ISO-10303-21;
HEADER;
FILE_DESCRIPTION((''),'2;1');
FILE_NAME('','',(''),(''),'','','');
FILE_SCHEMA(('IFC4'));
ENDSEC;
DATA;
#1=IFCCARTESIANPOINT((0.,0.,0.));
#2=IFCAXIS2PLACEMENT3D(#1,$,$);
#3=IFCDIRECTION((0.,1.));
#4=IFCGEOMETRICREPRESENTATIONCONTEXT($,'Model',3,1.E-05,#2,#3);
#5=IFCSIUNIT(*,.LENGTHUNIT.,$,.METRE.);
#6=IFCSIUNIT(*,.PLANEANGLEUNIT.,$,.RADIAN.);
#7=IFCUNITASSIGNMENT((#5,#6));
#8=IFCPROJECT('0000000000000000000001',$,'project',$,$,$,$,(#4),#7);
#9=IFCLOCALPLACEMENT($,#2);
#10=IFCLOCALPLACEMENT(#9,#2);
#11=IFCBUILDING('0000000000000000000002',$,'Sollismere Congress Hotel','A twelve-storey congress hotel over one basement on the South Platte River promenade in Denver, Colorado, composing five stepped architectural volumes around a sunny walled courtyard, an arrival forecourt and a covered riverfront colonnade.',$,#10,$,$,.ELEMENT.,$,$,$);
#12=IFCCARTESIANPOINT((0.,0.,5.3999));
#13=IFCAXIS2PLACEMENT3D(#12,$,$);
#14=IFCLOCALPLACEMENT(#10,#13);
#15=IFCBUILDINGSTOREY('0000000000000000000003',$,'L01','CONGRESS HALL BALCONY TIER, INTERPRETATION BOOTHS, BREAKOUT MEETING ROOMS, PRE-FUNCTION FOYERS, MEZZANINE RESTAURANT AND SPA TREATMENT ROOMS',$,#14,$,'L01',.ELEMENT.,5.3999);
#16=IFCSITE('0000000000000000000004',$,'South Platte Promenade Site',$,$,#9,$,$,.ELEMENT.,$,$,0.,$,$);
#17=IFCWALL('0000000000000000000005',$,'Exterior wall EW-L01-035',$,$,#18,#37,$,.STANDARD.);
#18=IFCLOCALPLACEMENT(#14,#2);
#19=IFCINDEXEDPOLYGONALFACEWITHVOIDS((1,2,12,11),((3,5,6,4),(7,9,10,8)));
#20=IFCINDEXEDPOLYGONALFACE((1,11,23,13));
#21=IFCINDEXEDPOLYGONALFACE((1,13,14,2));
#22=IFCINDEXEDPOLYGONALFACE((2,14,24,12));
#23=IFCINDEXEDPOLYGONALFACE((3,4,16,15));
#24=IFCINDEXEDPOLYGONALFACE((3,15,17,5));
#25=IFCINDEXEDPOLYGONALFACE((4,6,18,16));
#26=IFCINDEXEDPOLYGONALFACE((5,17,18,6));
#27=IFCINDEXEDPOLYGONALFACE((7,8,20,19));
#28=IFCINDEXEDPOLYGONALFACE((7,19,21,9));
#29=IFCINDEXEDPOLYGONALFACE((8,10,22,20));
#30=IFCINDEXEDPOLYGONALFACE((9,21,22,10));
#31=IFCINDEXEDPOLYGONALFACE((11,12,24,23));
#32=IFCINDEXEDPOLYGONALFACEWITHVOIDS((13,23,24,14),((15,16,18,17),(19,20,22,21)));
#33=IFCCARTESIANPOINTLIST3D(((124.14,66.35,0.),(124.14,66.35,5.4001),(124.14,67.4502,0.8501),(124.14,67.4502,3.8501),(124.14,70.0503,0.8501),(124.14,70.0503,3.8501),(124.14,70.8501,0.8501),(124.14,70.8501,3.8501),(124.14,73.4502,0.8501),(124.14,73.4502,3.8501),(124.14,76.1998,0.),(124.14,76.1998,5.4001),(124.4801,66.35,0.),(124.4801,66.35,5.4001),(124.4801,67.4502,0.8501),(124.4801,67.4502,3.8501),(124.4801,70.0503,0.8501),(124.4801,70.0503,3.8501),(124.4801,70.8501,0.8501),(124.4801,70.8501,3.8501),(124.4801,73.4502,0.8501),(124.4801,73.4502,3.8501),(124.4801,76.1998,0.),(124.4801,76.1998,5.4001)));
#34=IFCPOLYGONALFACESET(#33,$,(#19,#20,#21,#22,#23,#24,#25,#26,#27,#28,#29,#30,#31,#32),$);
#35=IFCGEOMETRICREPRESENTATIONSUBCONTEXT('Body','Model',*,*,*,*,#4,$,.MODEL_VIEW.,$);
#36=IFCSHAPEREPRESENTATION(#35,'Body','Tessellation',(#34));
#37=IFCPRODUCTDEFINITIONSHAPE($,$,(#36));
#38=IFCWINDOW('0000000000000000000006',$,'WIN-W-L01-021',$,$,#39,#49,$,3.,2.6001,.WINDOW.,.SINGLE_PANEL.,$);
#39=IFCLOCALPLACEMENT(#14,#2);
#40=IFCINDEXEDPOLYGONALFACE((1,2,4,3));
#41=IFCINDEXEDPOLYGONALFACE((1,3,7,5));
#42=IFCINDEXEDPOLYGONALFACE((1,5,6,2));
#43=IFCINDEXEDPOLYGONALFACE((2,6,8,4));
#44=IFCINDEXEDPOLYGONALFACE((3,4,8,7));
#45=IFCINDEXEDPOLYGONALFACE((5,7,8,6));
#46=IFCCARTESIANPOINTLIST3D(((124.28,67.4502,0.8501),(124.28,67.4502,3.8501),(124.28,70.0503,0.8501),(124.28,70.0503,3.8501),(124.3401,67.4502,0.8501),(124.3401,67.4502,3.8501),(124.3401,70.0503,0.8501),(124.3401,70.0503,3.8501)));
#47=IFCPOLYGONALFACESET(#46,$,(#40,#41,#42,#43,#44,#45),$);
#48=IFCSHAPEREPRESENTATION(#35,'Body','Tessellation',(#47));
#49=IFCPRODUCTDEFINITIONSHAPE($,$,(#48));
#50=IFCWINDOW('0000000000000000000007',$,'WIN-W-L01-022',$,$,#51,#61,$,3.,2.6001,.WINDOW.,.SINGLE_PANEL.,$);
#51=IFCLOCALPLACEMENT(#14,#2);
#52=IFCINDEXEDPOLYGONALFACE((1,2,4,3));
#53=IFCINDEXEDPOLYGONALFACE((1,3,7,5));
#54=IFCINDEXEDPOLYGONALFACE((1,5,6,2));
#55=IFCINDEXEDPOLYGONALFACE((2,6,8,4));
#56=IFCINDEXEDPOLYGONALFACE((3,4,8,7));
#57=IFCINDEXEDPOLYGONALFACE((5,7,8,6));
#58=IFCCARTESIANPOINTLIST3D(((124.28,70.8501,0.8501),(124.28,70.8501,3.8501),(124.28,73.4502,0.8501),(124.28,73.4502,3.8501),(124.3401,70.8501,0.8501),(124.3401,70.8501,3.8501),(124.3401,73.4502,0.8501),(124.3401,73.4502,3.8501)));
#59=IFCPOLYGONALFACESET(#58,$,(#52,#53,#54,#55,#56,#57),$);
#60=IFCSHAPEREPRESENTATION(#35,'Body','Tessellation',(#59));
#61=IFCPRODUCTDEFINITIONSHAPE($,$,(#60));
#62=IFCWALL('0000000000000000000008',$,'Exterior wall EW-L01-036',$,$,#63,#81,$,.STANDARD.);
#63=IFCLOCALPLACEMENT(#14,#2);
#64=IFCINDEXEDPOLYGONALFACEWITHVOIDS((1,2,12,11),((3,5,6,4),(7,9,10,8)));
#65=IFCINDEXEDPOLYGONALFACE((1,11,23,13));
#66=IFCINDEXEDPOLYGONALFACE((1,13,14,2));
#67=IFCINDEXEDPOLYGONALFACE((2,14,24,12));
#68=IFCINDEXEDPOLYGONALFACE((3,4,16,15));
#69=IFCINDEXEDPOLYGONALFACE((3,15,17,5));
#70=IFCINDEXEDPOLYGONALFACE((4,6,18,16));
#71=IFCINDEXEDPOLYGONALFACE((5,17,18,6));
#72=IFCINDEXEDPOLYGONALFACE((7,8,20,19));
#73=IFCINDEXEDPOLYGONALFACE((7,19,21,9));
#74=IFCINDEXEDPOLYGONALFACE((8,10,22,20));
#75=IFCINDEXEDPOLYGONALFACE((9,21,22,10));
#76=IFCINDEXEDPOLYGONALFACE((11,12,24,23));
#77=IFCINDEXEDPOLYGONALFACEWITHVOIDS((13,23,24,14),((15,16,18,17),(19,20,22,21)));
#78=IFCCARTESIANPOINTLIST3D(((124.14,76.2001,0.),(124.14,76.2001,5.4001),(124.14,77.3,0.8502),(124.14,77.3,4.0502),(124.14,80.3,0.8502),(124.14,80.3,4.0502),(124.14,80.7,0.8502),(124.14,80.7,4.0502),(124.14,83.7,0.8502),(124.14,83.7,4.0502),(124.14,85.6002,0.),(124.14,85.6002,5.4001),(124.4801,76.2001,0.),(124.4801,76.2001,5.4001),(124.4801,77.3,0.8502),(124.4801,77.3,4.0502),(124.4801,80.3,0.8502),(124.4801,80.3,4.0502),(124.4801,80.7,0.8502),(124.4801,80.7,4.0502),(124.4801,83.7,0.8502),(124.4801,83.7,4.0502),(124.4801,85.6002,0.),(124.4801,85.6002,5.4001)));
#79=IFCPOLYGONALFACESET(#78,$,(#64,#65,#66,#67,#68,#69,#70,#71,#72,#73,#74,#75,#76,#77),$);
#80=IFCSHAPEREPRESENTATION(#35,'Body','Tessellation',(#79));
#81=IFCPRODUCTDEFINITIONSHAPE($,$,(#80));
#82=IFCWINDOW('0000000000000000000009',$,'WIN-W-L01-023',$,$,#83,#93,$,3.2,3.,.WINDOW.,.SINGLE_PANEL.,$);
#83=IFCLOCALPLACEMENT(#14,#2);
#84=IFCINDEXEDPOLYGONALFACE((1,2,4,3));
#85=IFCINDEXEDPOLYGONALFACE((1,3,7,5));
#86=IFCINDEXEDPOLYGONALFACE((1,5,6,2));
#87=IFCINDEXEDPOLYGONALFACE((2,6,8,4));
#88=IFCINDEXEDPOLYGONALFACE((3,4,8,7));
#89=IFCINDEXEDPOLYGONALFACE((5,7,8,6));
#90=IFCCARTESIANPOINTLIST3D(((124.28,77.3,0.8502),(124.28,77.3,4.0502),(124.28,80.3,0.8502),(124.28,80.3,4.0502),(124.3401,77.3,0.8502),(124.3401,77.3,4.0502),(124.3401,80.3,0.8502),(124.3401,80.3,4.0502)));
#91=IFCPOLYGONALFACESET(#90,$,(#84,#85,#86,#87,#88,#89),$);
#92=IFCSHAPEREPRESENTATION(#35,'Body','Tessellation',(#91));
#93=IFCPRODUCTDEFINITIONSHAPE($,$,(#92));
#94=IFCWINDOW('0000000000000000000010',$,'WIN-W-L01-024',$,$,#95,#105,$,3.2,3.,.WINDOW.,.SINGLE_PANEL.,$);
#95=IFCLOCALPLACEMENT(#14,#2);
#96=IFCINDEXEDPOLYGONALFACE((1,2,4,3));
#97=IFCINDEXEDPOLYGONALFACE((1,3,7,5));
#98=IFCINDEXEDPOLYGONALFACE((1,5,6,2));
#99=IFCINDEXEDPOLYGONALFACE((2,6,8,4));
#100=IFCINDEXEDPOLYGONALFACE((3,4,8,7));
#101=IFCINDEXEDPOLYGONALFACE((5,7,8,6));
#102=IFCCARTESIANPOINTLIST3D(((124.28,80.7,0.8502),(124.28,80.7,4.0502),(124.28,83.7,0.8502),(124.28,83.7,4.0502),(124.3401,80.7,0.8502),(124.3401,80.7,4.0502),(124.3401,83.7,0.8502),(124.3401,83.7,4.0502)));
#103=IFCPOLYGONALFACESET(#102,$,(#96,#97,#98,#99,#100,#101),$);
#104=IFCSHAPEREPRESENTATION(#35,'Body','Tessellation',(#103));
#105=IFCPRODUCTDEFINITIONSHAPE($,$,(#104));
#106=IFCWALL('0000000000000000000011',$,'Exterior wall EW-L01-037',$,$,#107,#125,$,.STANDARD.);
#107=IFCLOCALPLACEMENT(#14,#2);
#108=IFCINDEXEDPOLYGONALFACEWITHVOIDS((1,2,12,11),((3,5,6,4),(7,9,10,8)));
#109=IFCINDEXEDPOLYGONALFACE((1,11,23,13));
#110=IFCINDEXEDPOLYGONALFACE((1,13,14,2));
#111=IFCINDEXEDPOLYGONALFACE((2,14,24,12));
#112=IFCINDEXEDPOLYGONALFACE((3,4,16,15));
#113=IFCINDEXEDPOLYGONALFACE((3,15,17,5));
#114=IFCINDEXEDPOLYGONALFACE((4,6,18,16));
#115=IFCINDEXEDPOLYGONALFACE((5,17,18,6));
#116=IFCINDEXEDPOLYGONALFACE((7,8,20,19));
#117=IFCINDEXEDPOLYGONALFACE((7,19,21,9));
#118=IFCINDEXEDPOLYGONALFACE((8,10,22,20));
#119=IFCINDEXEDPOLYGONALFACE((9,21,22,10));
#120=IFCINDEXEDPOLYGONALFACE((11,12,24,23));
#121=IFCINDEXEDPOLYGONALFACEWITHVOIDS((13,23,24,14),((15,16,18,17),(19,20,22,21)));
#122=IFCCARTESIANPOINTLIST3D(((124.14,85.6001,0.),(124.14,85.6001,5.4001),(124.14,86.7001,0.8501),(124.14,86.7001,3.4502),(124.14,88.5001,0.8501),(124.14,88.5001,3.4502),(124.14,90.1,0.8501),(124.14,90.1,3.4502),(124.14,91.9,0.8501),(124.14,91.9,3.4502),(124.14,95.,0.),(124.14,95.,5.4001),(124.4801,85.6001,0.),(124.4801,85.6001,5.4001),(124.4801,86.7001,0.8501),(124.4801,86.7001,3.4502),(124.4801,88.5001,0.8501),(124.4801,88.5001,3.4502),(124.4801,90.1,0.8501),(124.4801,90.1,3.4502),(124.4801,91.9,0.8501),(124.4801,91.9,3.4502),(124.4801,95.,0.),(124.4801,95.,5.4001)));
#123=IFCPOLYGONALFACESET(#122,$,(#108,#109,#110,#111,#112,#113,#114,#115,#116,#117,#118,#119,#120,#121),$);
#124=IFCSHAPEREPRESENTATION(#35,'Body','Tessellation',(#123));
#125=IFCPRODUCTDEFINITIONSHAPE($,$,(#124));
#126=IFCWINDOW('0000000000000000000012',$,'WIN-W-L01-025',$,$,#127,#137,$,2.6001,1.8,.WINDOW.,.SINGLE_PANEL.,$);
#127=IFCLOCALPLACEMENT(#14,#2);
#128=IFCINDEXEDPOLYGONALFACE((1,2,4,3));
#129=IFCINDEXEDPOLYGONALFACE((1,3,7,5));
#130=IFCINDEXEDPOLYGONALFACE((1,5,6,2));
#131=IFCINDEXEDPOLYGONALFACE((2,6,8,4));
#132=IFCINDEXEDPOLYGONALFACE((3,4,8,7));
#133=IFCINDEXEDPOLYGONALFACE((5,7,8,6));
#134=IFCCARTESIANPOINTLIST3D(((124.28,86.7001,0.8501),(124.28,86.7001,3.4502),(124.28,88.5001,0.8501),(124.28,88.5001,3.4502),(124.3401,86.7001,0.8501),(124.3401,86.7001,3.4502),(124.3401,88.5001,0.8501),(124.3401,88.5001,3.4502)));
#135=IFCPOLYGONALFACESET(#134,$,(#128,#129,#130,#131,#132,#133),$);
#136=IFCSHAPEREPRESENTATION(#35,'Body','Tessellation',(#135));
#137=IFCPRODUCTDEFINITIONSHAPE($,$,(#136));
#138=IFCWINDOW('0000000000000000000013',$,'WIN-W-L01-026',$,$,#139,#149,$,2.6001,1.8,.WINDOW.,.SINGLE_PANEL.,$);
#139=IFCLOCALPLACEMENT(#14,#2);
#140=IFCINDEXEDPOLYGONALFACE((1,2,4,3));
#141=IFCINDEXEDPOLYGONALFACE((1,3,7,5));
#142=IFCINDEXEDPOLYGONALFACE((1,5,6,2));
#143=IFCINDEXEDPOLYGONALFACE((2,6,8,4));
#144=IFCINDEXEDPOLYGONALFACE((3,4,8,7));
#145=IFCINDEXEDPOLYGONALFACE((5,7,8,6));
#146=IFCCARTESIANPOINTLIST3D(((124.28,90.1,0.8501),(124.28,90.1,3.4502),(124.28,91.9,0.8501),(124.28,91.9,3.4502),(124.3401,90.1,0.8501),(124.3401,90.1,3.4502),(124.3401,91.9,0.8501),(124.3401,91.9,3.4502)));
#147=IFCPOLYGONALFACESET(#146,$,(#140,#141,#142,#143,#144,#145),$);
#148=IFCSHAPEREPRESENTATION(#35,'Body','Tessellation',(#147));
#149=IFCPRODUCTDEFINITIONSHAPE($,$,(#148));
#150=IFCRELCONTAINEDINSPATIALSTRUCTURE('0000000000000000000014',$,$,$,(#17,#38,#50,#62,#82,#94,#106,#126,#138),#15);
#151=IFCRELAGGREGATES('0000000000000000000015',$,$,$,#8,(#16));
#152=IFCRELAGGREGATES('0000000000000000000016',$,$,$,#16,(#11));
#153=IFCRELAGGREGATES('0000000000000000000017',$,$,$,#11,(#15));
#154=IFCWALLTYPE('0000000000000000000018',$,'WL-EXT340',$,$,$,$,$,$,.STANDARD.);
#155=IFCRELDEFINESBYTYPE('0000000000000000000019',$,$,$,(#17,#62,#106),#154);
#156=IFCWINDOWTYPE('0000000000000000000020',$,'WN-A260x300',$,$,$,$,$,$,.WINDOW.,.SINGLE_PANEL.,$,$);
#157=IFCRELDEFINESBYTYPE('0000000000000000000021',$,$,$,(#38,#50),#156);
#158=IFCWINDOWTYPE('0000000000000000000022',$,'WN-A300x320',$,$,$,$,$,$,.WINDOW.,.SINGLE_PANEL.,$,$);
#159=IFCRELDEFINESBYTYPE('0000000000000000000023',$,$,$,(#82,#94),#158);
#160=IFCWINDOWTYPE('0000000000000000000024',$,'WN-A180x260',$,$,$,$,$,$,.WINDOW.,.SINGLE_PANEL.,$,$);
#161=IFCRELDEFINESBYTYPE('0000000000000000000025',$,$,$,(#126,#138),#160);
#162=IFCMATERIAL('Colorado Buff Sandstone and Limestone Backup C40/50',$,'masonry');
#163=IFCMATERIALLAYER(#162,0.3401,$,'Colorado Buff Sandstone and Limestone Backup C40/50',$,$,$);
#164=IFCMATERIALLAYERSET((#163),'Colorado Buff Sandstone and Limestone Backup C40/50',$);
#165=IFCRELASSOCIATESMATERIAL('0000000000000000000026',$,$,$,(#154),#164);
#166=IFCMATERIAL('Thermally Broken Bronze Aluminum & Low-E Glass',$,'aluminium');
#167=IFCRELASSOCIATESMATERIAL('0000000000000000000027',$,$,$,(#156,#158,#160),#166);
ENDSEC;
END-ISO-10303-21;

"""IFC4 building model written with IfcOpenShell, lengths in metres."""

from ifc_helpers import new_model, si_unit, direction, frame, frame_2d, origin, place, context, subcontext, project, spatial, rectangle, extrude, material, layer, layer_set, type_object, element, fill, save


model = new_model("IFC4")

# Units and contexts
model_context = context("Model", 3, precision=1e-05, world=origin(), true_north=direction((0.0, 1.0)))
body_context = subcontext(model_context, "Body", "Model", "MODEL_VIEW")
ifc_project = project(units=[si_unit("LENGTHUNIT", "METRE"), si_unit("PLANEANGLEUNIT", "RADIAN")], contexts=[model_context])

# Site, building, storey
site_placement = place(None, origin())
site = spatial("IfcSite", under=ifc_project, at=site_placement, Name="South Platte Promenade Site", CompositionType="ELEMENT", RefElevation=0.0)
building_placement = place(site_placement, origin())
building = spatial("IfcBuilding", under=site, at=building_placement, Name="Sollismere Congress Hotel", Description="A twelve-storey congress hotel over one basement on the South Platte River promenade in Denver, Colorado, composing five stepped architectural volumes around a sunny walled courtyard, an arrival forecourt and a covered riverfront colonnade.", CompositionType="ELEMENT")
storey_placement = place(building_placement, frame((0.0, 0.0, 5.3999)))
storey = spatial("IfcBuildingStorey", under=building, at=storey_placement, Name="L01", Description="CONGRESS HALL BALCONY TIER, INTERPRETATION BOOTHS, BREAKOUT MEETING ROOMS, PRE-FUNCTION FOYERS, MEZZANINE RESTAURANT AND SPA TREATMENT ROOMS", LongName="L01", CompositionType="ELEMENT", Elevation=5.3999)

# Walls, openings, windows
ifc_material_1 = material(Name="Colorado Buff Sandstone and Limestone Backup C40/50", Category="masonry")
ifc_layer = layer(ifc_material_1, 0.3401, Name="Colorado Buff Sandstone and Limestone Backup C40/50")
ifc_layer_set = layer_set([ifc_layer], Name="Colorado Buff Sandstone and Limestone Backup C40/50")
wall_type = type_object("IfcWallType", Name="WL-EXT340", PredefinedType="STANDARD", material=ifc_layer_set)
wall_1_placement = place(storey_placement, frame((124.3101, 66.3501, 0.0), z_axis=(0.0, 0.0, 1.0), x_axis=(0.0, 1.0, 0.0)))
wall_1 = element("IfcWall", 1, at=wall_1_placement, inside=storey, type_object=wall_type, Name="Exterior wall EW-L01-035", PredefinedType="STANDARD", context=body_context, shape_type="SweptSolid", body=[
    extrude(rectangle(XDim=9.8499, YDim=0.3401, at=frame_2d((4.9248, 0.0))), origin(), (0.0, 0.0, 1.0), 5.4001),
])
opening_1_placement = place(wall_1_placement, frame((1.1001, 0.0, 0.8501)))
opening_1 = element("IfcOpeningElement", 2, at=opening_1_placement, cuts=wall_1, PredefinedType="OPENING", context=body_context, shape_type="SweptSolid", body=[
    extrude(rectangle(XDim=2.6001, YDim=3.0, at=frame_2d((1.3, 1.5))), frame((0.0, 0.1799, 0.0), z_axis=(0.0, -1.0, 0.0), x_axis=(1.0, 0.0, 0.0)), (0.0, 0.0, 1.0), 0.3601),
])
opening_2_placement = place(wall_1_placement, frame((4.5, 0.0, 0.8501)))
opening_2 = element("IfcOpeningElement", 3, at=opening_2_placement, cuts=wall_1, PredefinedType="OPENING", context=body_context, shape_type="SweptSolid", body=[
    extrude(rectangle(XDim=2.6001, YDim=3.0, at=frame_2d((1.3, 1.5))), frame((0.0, 0.1799, 0.0), z_axis=(0.0, -1.0, 0.0), x_axis=(1.0, 0.0, 0.0)), (0.0, 0.0, 1.0), 0.3601),
])
ifc_material_2 = material(Name="Thermally Broken Bronze Aluminum & Low-E Glass", Category="aluminium")
window_type_1 = type_object("IfcWindowType", Name="WN-A260x300", PartitioningType="SINGLE_PANEL", PredefinedType="WINDOW", material=ifc_material_2)
window_1_placement = place(opening_1_placement, origin())
window_1 = element("IfcWindow", 4, at=window_1_placement, inside=storey, type_object=window_type_1, Name="WIN-W-L01-021", OverallHeight=3.0, OverallWidth=2.6001, PartitioningType="SINGLE_PANEL", PredefinedType="WINDOW", context=body_context, shape_type="SweptSolid", body=[
    extrude(rectangle(XDim=2.6001, YDim=3.0, at=frame_2d((1.3, 1.5))), frame((0.0, 0.03, 0.0), z_axis=(0.0, -1.0, 0.0), x_axis=(1.0, 0.0, 0.0)), (0.0, 0.0, 1.0), 0.0601),
])
fill(opening_1, window_1)
window_2_placement = place(opening_2_placement, origin())
window_2 = element("IfcWindow", 5, at=window_2_placement, inside=storey, type_object=window_type_1, Name="WIN-W-L01-022", OverallHeight=3.0, OverallWidth=2.6001, PartitioningType="SINGLE_PANEL", PredefinedType="WINDOW", context=body_context, shape_type="SweptSolid", body=[
    extrude(rectangle(XDim=2.6001, YDim=3.0, at=frame_2d((1.3, 1.5))), frame((0.0, 0.03, 0.0), z_axis=(0.0, -1.0, 0.0), x_axis=(1.0, 0.0, 0.0)), (0.0, 0.0, 1.0), 0.0601),
])
fill(opening_2, window_2)
wall_2_placement = place(storey_placement, frame((124.3101, 76.2, 0.0), z_axis=(0.0, 0.0, 1.0), x_axis=(0.0, 1.0, 0.0)))
wall_2 = element("IfcWall", 6, at=wall_2_placement, inside=storey, type_object=wall_type, Name="Exterior wall EW-L01-036", PredefinedType="STANDARD", context=body_context, shape_type="SweptSolid", body=[
    extrude(rectangle(XDim=9.4001, YDim=0.3401, at=frame_2d((4.7002, 0.0))), origin(), (0.0, 0.0, 1.0), 5.4001),
])
opening_3_placement = place(wall_2_placement, frame((1.1001, 0.0, 0.8501)))
opening_3 = element("IfcOpeningElement", 7, at=opening_3_placement, cuts=wall_2, PredefinedType="OPENING", context=body_context, shape_type="SweptSolid", body=[
    extrude(rectangle(XDim=3.0, YDim=3.2, at=frame_2d((1.5, 1.6001))), frame((0.0, 0.1799, 0.0), z_axis=(0.0, -1.0, 0.0), x_axis=(1.0, 0.0, 0.0)), (0.0, 0.0, 1.0), 0.3601),
])
opening_4_placement = place(wall_2_placement, frame((4.5, 0.0, 0.8501)))
opening_4 = element("IfcOpeningElement", 8, at=opening_4_placement, cuts=wall_2, PredefinedType="OPENING", context=body_context, shape_type="SweptSolid", body=[
    extrude(rectangle(XDim=3.0, YDim=3.2, at=frame_2d((1.5, 1.6001))), frame((0.0, 0.1799, 0.0), z_axis=(0.0, -1.0, 0.0), x_axis=(1.0, 0.0, 0.0)), (0.0, 0.0, 1.0), 0.3601),
])
window_type_2 = type_object("IfcWindowType", Name="WN-A300x320", PartitioningType="SINGLE_PANEL", PredefinedType="WINDOW", material=ifc_material_2)
window_3_placement = place(opening_3_placement, origin())
window_3 = element("IfcWindow", 9, at=window_3_placement, inside=storey, type_object=window_type_2, Name="WIN-W-L01-023", OverallHeight=3.2, OverallWidth=3.0, PartitioningType="SINGLE_PANEL", PredefinedType="WINDOW", context=body_context, shape_type="SweptSolid", body=[
    extrude(rectangle(XDim=3.0, YDim=3.2, at=frame_2d((1.5, 1.6001))), frame((0.0, 0.03, 0.0), z_axis=(0.0, -1.0, 0.0), x_axis=(1.0, 0.0, 0.0)), (0.0, 0.0, 1.0), 0.0601),
])
fill(opening_3, window_3)
window_4_placement = place(opening_4_placement, origin())
window_4 = element("IfcWindow", 10, at=window_4_placement, inside=storey, type_object=window_type_2, Name="WIN-W-L01-024", OverallHeight=3.2, OverallWidth=3.0, PartitioningType="SINGLE_PANEL", PredefinedType="WINDOW", context=body_context, shape_type="SweptSolid", body=[
    extrude(rectangle(XDim=3.0, YDim=3.2, at=frame_2d((1.5, 1.6001))), frame((0.0, 0.03, 0.0), z_axis=(0.0, -1.0, 0.0), x_axis=(1.0, 0.0, 0.0)), (0.0, 0.0, 1.0), 0.0601),
])
fill(opening_4, window_4)
wall_3_placement = place(storey_placement, frame((124.3101, 85.6001, 0.0), z_axis=(0.0, 0.0, 1.0), x_axis=(0.0, 1.0, 0.0)))
wall_3 = element("IfcWall", 11, at=wall_3_placement, inside=storey, type_object=wall_type, Name="Exterior wall EW-L01-037", PredefinedType="STANDARD", context=body_context, shape_type="SweptSolid", body=[
    extrude(rectangle(XDim=9.3999, YDim=0.3401, at=frame_2d((4.7, 0.0))), origin(), (0.0, 0.0, 1.0), 5.4001),
])
opening_5_placement = place(wall_3_placement, frame((1.1001, 0.0, 0.8501)))
opening_5 = element("IfcOpeningElement", 12, at=opening_5_placement, cuts=wall_3, PredefinedType="OPENING", context=body_context, shape_type="SweptSolid", body=[
    extrude(rectangle(XDim=1.8, YDim=2.6001, at=frame_2d((0.8999, 1.3))), frame((0.0, 0.1799, 0.0), z_axis=(0.0, -1.0, 0.0), x_axis=(1.0, 0.0, 0.0)), (0.0, 0.0, 1.0), 0.3601),
])
opening_6_placement = place(wall_3_placement, frame((4.5, 0.0, 0.8501)))
opening_6 = element("IfcOpeningElement", 13, at=opening_6_placement, cuts=wall_3, PredefinedType="OPENING", context=body_context, shape_type="SweptSolid", body=[
    extrude(rectangle(XDim=1.8, YDim=2.6001, at=frame_2d((0.8999, 1.3))), frame((0.0, 0.1799, 0.0), z_axis=(0.0, -1.0, 0.0), x_axis=(1.0, 0.0, 0.0)), (0.0, 0.0, 1.0), 0.3601),
])
window_type_3 = type_object("IfcWindowType", Name="WN-A180x260", PartitioningType="SINGLE_PANEL", PredefinedType="WINDOW", material=ifc_material_2)
window_5_placement = place(opening_5_placement, origin())
window_5 = element("IfcWindow", 14, at=window_5_placement, inside=storey, type_object=window_type_3, Name="WIN-W-L01-025", OverallHeight=2.6001, OverallWidth=1.8, PartitioningType="SINGLE_PANEL", PredefinedType="WINDOW", context=body_context, shape_type="SweptSolid", body=[
    extrude(rectangle(XDim=1.8, YDim=2.6001, at=frame_2d((0.8999, 1.3))), frame((0.0, 0.03, 0.0), z_axis=(0.0, -1.0, 0.0), x_axis=(1.0, 0.0, 0.0)), (0.0, 0.0, 1.0), 0.0601),
])
fill(opening_5, window_5)
window_6_placement = place(opening_6_placement, origin())
window_6 = element("IfcWindow", 15, at=window_6_placement, inside=storey, type_object=window_type_3, Name="WIN-W-L01-026", OverallHeight=2.6001, OverallWidth=1.8, PartitioningType="SINGLE_PANEL", PredefinedType="WINDOW", context=body_context, shape_type="SweptSolid", body=[
    extrude(rectangle(XDim=1.8, YDim=2.6001, at=frame_2d((0.8999, 1.3))), frame((0.0, 0.03, 0.0), z_axis=(0.0, -1.0, 0.0), x_axis=(1.0, 0.0, 0.0)), (0.0, 0.0, 1.0), 0.0601),
])
fill(opening_6, window_6)

save(model, "model.ifc")
